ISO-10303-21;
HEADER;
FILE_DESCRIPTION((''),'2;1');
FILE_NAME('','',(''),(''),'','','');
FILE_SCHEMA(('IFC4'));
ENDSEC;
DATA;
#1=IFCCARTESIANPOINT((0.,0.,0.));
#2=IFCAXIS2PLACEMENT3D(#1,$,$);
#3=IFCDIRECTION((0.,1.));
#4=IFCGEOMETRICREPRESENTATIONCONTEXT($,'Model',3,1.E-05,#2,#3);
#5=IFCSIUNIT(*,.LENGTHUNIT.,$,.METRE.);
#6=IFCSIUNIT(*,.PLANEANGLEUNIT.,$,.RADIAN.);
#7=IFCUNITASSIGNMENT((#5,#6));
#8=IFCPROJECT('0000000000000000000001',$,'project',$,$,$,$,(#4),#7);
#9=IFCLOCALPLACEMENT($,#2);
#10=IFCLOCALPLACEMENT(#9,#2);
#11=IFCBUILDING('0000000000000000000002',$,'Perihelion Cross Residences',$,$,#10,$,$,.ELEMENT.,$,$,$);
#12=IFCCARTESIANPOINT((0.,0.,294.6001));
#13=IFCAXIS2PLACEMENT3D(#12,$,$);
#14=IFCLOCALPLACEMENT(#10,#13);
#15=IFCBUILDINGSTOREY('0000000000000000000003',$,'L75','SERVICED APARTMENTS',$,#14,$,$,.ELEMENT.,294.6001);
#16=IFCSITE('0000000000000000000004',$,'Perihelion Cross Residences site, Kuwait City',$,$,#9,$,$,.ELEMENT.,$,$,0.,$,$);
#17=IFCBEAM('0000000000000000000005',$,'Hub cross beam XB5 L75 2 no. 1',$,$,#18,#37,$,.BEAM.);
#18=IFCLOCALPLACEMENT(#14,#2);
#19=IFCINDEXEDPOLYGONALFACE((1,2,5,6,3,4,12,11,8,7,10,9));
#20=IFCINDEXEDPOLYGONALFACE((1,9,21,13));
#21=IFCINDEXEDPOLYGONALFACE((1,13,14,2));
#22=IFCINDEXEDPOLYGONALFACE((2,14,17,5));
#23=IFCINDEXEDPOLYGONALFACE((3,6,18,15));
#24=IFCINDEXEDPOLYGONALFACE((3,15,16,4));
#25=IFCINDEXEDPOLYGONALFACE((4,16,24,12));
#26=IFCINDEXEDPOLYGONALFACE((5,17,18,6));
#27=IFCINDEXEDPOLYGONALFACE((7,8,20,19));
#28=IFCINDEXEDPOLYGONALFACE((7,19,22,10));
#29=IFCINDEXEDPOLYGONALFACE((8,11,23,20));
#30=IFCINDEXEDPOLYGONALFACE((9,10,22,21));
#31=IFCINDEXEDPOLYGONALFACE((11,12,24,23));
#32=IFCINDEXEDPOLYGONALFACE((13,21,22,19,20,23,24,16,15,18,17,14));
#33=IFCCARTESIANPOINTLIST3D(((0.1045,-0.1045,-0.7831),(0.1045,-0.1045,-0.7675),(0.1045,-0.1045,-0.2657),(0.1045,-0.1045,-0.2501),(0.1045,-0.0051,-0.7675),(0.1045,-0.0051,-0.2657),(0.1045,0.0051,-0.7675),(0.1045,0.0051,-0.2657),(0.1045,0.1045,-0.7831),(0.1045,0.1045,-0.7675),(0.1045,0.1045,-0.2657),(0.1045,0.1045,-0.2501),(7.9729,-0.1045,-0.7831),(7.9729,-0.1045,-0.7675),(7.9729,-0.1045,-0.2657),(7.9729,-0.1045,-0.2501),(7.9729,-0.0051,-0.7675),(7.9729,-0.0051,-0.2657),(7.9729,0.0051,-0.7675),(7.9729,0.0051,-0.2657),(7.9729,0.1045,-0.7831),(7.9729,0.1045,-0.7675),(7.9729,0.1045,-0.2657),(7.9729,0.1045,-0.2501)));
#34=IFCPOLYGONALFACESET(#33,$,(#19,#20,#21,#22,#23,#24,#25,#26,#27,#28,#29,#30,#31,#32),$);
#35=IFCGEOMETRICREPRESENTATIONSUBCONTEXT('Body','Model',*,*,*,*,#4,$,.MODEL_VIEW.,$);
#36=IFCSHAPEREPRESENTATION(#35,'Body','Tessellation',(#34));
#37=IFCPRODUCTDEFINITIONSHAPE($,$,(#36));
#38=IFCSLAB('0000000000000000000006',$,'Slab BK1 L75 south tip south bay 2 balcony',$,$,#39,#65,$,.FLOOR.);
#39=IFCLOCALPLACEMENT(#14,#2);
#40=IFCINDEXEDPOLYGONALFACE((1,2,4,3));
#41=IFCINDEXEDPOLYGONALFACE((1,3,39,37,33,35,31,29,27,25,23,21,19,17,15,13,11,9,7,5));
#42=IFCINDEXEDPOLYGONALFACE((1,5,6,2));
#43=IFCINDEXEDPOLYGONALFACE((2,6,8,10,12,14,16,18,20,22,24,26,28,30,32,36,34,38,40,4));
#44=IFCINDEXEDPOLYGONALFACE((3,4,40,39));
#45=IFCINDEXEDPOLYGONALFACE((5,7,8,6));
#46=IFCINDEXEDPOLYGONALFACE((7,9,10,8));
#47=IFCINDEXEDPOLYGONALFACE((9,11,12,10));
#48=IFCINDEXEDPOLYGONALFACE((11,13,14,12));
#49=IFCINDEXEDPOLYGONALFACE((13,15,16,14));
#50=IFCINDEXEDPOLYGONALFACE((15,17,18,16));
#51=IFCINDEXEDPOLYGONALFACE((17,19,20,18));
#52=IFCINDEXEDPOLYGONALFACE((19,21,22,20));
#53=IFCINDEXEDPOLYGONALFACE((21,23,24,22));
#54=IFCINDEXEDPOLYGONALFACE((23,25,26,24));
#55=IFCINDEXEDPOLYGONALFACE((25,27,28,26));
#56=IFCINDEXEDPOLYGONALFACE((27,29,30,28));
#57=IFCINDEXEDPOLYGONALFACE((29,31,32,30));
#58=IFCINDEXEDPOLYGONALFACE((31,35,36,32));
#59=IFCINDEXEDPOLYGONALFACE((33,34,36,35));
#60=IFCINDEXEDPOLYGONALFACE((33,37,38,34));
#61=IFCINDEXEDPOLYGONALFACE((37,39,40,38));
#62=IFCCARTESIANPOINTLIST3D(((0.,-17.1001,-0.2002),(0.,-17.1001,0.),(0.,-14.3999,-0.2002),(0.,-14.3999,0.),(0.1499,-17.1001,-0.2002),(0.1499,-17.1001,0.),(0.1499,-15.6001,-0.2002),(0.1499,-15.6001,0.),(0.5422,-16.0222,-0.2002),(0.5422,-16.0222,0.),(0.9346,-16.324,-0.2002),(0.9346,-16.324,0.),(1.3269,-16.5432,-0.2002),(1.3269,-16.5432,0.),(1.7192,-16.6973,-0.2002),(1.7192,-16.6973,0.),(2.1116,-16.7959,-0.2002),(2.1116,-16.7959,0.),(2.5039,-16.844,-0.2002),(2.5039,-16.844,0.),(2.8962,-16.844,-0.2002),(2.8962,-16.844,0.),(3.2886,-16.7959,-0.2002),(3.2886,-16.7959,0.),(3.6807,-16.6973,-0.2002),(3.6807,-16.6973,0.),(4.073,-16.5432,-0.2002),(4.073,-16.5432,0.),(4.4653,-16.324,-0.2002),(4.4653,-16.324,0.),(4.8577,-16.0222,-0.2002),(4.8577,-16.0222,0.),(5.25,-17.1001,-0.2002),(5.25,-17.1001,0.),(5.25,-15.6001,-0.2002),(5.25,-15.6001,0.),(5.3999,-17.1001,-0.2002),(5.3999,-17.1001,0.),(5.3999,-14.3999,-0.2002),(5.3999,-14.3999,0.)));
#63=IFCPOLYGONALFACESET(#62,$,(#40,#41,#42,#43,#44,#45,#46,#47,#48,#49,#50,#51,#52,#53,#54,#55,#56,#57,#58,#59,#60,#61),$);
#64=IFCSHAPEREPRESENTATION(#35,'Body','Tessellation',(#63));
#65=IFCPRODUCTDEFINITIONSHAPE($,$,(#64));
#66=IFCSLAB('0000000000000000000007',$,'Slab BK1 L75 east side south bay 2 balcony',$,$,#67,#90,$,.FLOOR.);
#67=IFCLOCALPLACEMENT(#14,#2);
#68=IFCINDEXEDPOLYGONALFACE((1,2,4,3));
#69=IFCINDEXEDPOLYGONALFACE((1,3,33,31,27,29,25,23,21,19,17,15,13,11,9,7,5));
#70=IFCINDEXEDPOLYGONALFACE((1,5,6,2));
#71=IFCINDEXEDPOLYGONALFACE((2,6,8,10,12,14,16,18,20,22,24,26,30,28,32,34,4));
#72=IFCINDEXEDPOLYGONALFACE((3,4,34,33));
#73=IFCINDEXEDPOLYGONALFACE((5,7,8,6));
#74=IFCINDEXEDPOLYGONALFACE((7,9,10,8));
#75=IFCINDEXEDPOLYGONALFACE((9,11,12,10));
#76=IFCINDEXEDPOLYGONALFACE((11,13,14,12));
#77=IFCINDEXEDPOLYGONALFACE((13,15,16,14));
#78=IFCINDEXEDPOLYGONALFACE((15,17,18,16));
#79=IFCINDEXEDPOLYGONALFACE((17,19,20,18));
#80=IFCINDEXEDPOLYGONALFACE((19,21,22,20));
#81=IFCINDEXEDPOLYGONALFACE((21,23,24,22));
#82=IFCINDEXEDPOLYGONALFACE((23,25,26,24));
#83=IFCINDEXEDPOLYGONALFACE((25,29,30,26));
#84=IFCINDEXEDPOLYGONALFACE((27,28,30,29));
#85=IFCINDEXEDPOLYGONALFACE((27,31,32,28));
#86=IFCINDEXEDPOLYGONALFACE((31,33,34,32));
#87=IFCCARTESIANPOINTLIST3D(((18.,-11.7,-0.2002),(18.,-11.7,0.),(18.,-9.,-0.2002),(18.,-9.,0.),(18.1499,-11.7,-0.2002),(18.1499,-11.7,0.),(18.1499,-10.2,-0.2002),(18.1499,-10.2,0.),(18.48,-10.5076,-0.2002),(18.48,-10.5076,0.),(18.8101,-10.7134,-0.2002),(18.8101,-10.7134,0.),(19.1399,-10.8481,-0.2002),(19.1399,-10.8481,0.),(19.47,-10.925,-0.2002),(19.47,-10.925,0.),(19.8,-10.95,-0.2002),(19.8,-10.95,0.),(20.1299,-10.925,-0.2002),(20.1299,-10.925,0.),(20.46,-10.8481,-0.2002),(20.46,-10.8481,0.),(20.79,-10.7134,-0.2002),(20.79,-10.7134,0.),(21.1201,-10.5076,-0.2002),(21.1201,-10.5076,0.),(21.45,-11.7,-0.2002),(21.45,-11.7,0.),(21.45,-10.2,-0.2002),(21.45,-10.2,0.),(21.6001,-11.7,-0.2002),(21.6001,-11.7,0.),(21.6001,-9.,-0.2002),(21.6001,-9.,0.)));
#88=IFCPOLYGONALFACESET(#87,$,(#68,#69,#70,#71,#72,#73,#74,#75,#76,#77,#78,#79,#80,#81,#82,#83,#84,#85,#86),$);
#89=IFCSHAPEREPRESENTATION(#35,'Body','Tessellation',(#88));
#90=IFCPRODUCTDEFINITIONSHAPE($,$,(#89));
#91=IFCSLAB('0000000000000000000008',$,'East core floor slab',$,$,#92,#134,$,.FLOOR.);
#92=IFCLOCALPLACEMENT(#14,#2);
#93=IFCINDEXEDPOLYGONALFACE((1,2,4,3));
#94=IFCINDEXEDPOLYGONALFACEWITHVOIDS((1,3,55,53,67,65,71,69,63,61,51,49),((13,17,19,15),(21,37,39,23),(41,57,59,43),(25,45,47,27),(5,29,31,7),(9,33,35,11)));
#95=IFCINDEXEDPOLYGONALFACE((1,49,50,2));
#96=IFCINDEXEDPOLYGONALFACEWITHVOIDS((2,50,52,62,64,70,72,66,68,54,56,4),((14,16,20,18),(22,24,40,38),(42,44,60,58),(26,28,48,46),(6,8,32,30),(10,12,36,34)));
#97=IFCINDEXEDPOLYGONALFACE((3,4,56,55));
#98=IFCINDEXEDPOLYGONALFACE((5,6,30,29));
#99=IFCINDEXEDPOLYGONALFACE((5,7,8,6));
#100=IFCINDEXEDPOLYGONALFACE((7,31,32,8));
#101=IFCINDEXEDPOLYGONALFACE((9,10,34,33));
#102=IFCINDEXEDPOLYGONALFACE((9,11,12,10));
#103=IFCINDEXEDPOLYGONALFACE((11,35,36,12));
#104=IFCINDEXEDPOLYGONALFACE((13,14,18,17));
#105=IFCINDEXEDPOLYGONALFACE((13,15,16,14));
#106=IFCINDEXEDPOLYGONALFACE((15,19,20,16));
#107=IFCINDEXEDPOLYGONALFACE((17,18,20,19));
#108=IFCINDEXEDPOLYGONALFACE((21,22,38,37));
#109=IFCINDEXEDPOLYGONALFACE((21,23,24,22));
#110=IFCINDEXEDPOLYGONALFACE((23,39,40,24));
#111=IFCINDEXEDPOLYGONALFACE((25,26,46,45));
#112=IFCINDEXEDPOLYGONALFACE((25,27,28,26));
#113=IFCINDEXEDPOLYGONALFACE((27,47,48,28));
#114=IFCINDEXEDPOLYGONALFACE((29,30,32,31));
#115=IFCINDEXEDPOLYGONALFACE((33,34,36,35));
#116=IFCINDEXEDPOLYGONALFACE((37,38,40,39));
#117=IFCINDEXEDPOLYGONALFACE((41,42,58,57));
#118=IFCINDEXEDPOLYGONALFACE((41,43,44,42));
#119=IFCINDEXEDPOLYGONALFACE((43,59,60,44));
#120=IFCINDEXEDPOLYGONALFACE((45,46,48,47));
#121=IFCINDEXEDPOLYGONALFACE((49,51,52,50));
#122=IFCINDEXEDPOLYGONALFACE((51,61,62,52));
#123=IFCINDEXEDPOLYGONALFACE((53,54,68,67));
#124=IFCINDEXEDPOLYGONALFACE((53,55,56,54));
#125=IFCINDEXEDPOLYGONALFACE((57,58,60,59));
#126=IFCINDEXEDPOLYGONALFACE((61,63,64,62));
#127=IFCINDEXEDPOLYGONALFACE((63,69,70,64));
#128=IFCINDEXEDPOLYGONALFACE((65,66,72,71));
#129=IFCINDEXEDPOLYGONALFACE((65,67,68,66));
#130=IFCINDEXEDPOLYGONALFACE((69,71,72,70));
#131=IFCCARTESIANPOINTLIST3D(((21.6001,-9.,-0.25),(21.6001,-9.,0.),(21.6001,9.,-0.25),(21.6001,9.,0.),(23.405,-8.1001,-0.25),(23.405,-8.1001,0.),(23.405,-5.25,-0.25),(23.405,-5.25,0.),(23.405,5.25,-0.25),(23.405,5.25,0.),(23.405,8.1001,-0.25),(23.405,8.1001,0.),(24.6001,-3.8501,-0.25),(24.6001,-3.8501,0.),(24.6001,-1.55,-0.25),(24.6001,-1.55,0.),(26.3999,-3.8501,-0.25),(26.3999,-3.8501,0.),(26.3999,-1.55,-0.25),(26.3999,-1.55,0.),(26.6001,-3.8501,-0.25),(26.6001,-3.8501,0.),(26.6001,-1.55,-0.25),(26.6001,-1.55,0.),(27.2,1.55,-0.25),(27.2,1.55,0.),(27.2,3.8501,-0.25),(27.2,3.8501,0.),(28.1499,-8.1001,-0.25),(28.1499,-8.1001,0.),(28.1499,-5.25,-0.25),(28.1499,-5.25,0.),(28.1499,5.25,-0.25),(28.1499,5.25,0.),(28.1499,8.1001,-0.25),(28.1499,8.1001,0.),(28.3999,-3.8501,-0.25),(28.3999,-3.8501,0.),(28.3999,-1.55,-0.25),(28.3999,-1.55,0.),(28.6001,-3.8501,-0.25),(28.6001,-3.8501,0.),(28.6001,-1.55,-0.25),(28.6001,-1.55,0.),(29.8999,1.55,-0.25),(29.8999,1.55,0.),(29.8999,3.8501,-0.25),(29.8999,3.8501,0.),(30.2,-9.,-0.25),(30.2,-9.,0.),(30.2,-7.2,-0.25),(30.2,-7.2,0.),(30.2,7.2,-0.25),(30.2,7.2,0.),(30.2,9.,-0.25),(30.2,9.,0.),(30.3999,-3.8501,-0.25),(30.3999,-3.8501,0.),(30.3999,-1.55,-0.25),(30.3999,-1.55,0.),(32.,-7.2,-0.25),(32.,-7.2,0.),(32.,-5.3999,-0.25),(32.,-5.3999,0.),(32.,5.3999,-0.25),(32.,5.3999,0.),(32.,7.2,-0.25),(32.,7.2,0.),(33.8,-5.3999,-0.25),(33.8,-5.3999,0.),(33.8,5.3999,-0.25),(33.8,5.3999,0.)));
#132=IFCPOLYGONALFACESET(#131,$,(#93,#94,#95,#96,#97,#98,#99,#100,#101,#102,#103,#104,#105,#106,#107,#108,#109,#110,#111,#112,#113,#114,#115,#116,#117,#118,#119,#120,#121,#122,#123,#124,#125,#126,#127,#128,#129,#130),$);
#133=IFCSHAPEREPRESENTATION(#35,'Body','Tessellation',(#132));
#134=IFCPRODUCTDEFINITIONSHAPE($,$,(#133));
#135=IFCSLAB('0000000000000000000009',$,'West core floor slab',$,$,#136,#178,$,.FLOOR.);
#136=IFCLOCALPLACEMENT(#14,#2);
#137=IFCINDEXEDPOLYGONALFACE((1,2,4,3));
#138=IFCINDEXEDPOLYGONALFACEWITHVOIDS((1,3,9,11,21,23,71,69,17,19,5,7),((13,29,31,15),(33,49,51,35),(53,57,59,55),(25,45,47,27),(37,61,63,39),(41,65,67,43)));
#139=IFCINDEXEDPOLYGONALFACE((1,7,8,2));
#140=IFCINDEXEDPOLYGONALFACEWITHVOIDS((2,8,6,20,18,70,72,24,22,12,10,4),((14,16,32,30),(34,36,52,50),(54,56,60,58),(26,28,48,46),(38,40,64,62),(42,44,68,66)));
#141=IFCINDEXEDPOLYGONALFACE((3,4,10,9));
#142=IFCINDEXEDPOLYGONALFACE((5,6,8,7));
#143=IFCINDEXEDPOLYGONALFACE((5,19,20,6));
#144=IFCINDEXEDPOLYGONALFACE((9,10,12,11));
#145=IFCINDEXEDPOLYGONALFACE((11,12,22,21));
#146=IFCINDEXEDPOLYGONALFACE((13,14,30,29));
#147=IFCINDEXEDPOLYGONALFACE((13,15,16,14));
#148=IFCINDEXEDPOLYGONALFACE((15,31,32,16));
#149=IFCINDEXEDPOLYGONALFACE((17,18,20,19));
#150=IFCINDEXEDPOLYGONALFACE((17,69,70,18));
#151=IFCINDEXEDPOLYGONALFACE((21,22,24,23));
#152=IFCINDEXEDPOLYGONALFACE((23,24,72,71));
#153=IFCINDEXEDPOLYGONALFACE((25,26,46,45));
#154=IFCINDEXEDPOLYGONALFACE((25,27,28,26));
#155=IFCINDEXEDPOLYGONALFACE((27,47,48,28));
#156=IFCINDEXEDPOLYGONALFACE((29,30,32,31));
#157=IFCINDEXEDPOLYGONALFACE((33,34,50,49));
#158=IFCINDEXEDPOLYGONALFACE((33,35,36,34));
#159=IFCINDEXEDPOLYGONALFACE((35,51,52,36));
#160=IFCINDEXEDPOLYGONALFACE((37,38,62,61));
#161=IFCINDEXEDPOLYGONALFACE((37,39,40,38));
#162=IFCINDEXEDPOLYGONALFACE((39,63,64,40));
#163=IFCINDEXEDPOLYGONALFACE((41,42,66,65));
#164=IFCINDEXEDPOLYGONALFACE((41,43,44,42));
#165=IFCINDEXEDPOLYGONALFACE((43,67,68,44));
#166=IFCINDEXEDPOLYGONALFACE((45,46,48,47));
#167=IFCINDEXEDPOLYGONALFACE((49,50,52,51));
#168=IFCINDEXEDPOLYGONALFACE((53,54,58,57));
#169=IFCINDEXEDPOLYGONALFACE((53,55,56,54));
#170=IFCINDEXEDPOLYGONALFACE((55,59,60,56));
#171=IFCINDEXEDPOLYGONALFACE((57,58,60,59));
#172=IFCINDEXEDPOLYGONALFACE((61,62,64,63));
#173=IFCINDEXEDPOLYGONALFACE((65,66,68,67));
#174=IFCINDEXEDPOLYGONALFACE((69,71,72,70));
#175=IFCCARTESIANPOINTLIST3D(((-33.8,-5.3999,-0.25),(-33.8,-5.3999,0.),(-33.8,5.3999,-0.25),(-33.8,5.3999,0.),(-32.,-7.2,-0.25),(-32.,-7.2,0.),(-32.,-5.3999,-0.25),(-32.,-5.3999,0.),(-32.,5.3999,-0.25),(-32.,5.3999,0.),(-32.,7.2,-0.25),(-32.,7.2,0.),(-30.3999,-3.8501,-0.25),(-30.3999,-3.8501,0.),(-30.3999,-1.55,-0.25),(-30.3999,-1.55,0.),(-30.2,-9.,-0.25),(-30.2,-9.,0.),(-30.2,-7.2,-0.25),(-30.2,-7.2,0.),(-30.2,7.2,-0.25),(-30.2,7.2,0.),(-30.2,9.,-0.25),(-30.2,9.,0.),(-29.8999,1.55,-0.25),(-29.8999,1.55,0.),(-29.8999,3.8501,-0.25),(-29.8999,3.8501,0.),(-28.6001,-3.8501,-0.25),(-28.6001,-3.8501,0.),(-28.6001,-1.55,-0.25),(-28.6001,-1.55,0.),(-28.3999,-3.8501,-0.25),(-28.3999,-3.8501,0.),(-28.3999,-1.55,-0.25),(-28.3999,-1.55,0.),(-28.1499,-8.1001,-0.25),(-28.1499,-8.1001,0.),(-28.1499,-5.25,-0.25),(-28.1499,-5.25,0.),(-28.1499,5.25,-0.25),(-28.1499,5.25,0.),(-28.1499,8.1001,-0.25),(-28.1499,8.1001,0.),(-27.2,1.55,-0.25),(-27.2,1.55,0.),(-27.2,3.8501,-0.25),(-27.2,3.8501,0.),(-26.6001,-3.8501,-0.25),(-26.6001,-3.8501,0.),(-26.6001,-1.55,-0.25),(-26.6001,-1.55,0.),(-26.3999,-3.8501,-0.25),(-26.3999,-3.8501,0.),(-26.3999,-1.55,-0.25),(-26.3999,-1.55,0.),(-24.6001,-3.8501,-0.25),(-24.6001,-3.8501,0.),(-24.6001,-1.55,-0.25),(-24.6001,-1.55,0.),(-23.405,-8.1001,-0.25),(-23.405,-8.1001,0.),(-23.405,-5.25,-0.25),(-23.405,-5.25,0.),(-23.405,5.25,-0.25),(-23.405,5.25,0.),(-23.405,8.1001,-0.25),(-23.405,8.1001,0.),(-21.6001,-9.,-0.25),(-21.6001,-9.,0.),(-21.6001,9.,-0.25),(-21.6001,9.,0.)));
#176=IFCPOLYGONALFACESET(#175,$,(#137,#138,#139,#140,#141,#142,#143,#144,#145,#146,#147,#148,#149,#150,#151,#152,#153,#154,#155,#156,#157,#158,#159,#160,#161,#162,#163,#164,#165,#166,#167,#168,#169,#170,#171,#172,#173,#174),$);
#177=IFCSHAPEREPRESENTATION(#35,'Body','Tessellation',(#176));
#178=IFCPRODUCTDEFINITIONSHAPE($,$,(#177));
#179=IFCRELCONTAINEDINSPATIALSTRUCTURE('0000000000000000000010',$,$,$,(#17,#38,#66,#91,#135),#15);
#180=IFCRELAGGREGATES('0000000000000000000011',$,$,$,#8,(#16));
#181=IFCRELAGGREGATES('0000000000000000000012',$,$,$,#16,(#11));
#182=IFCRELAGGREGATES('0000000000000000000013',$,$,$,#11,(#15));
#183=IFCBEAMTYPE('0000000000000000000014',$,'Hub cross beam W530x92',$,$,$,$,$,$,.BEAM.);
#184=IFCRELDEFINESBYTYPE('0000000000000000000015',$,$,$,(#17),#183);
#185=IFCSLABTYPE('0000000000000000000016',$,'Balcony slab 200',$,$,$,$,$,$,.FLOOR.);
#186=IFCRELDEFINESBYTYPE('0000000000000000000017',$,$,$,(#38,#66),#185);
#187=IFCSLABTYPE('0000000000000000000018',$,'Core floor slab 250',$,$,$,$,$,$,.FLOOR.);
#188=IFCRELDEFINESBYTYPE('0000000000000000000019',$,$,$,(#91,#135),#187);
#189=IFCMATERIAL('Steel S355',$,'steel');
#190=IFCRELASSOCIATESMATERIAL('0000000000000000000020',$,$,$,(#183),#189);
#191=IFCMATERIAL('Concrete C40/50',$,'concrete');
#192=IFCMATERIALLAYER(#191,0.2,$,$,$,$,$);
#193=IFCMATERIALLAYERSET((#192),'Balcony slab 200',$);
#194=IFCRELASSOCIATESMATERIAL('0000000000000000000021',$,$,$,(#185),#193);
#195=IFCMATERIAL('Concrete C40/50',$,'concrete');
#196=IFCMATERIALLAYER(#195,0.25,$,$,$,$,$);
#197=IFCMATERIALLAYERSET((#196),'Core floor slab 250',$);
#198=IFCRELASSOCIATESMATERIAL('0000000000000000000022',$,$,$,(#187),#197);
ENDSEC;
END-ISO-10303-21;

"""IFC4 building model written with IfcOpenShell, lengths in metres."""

from ifc_helpers import new_model, si_unit, direction, frame, origin, origin_2d, place, context, subcontext, project, spatial, polyline, i_section, outline, extrude, material, layer, layer_set, material_profile, profile_set, type_object, element, save


model = new_model("IFC4")

# Units and contexts
model_context = context("Model", 3, precision=1e-05, world=origin(), true_north=direction((0.0, 1.0)))
body_context = subcontext(model_context, "Body", "Model", "MODEL_VIEW")
ifc_project = project(units=[si_unit("LENGTHUNIT", "METRE"), si_unit("PLANEANGLEUNIT", "RADIAN")], contexts=[model_context])

# Site, building, storey
site_placement = place(None, origin())
site = spatial("IfcSite", under=ifc_project, at=site_placement, Name="Perihelion Cross Residences site, Kuwait City", CompositionType="ELEMENT", RefElevation=0.0)
building_placement = place(site_placement, origin())
building = spatial("IfcBuilding", under=site, at=building_placement, Name="Perihelion Cross Residences", CompositionType="ELEMENT")
storey_placement = place(building_placement, frame((0.0, 0.0, 294.6001)))
storey = spatial("IfcBuildingStorey", under=building, at=storey_placement, Name="L75", Description="SERVICED APARTMENTS", CompositionType="ELEMENT", Elevation=294.6001)

# Beam
ifc_material_1 = material(Name="Steel S355", Category="steel")
ifc_material_profile = material_profile(ifc_material_1, i_section(OverallWidth=0.209, OverallDepth=0.533, WebThickness=0.0103, FlangeThickness=0.0156, at=origin_2d()), Name="W530x92")
ifc_profile_set = profile_set([ifc_material_profile], Name="Steel S355")
beam_type = type_object("IfcBeamType", Name="Hub cross beam W530x92", PredefinedType="BEAM", material=ifc_profile_set)
beam_placement = place(storey_placement, frame((0.1045, 0.0, -0.5166), z_axis=(1.0, 0.0, 0.0), x_axis=(0.0, 1.0, 0.0)))
element("IfcBeam", 1, at=beam_placement, inside=storey, type_object=beam_type, Name="Hub cross beam XB5 L75 2 no. 1", PredefinedType="BEAM", context=body_context, shape_type="SweptSolid", body=[
    extrude(i_section(OverallWidth=0.209, OverallDepth=0.533, WebThickness=0.0103, FlangeThickness=0.0156, at=origin_2d()), origin(), (0.0, 0.0, 1.0), 7.8684),
])

# Slabs
ifc_material_2 = material(Name="Concrete C40/50", Category="concrete")
ifc_layer_1 = layer(ifc_material_2, 0.2)
ifc_layer_set_1 = layer_set([ifc_layer_1], Name="Balcony slab 200")
slab_type_1 = type_object("IfcSlabType", Name="Balcony slab 200", PredefinedType="FLOOR", material=ifc_layer_set_1)
slab_1_placement = place(storey_placement, frame((0.0, 0.0, -0.2002)))
element("IfcSlab", 2, at=slab_1_placement, inside=storey, type_object=slab_type_1, Name="Slab BK1 L75 south tip south bay 2 balcony", PredefinedType="FLOOR", context=body_context, shape_type="SweptSolid", body=[
    extrude(outline(polyline([(0.0, -14.3999), (5.3999, -14.3999), (5.3999, -17.1001), (5.25, -17.1001), (5.25, -15.6001), (4.8577, -16.0222), (4.4653, -16.324), (4.073, -16.5432), (3.6807, -16.6973), (3.2886, -16.7959), (2.8962, -16.844), (2.5039, -16.844), (2.1116, -16.7959), (1.7192, -16.6973), (1.3269, -16.5432), (0.9346, -16.324), (0.5422, -16.0222), (0.1499, -15.6001), (0.1499, -17.1001), (0.0, -17.1001), (0.0, -14.3999)])), origin(), (0.0, 0.0, 1.0), 0.2002),
])
slab_2_placement = place(storey_placement, frame((0.0, 0.0, -0.2002)))
element("IfcSlab", 3, at=slab_2_placement, inside=storey, type_object=slab_type_1, Name="Slab BK1 L75 east side south bay 2 balcony", PredefinedType="FLOOR", context=body_context, shape_type="SweptSolid", body=[
    extrude(outline(polyline([(18.0, -9.0), (21.6001, -9.0), (21.6001, -11.7), (21.45, -11.7), (21.45, -10.2), (21.1201, -10.5076), (20.79, -10.7134), (20.46, -10.8481), (20.1299, -10.925), (19.8, -10.95), (19.47, -10.925), (19.1399, -10.8481), (18.8101, -10.7134), (18.48, -10.5076), (18.1499, -10.2), (18.1499, -11.7), (18.0, -11.7), (18.0, -9.0)])), origin(), (0.0, 0.0, 1.0), 0.2002),
])
ifc_material_3 = material(Name="Concrete C40/50", Category="concrete")
ifc_layer_2 = layer(ifc_material_3, 0.25)
ifc_layer_set_2 = layer_set([ifc_layer_2], Name="Core floor slab 250")
slab_type_2 = type_object("IfcSlabType", Name="Core floor slab 250", PredefinedType="FLOOR", material=ifc_layer_set_2)
slab_3_placement = place(storey_placement, frame((0.0, 0.0, -0.25)))
element("IfcSlab", 4, at=slab_3_placement, inside=storey, type_object=slab_type_2, Name="East core floor slab", PredefinedType="FLOOR", context=body_context, shape_type="SweptSolid", body=[
    extrude(outline(polyline([(30.2, 7.2), (32.0, 7.2), (32.0, 5.3999), (33.8, 5.3999), (33.8, -5.3999), (32.0, -5.3999), (32.0, -7.2), (30.2, -7.2), (30.2, -9.0), (21.6001, -9.0), (21.6001, 9.0), (30.2, 9.0), (30.2, 7.2)]), holes=[polyline([(28.1499, -8.1001), (28.1499, -5.25), (23.405, -5.25), (23.405, -8.1001), (28.1499, -8.1001)]), polyline([(24.6001, -1.55), (24.6001, -3.8501), (26.3999, -3.8501), (26.3999, -1.55), (24.6001, -1.55)]), polyline([(26.6001, -1.55), (26.6001, -3.8501), (28.3999, -3.8501), (28.3999, -1.55), (26.6001, -1.55)]), polyline([(28.6001, -3.8501), (30.3999, -3.8501), (30.3999, -1.55), (28.6001, -1.55), (28.6001, -3.8501)]), polyline([(27.2, 3.8501), (27.2, 1.55), (29.8999, 1.55), (29.8999, 3.8501), (27.2, 3.8501)]), polyline([(23.405, 5.25), (28.1499, 5.25), (28.1499, 8.1001), (23.405, 8.1001), (23.405, 5.25)])]), origin(), (0.0, 0.0, 1.0), 0.25),
])
slab_4_placement = place(storey_placement, frame((0.0, 0.0, -0.25)))
element("IfcSlab", 5, at=slab_4_placement, inside=storey, type_object=slab_type_2, Name="West core floor slab", PredefinedType="FLOOR", context=body_context, shape_type="SweptSolid", body=[
    extrude(outline(polyline([(-30.2, 7.2), (-32.0, 7.2), (-32.0, 5.3999), (-33.8, 5.3999), (-33.8, -5.3999), (-32.0, -5.3999), (-32.0, -7.2), (-30.2, -7.2), (-30.2, -9.0), (-21.6001, -9.0), (-21.6001, 9.0), (-30.2, 9.0), (-30.2, 7.2)]), holes=[polyline([(-28.1499, -8.1001), (-28.1499, -5.25), (-23.405, -5.25), (-23.405, -8.1001), (-28.1499, -8.1001)]), polyline([(-24.6001, -1.55), (-24.6001, -3.8501), (-26.3999, -3.8501), (-26.3999, -1.55), (-24.6001, -1.55)]), polyline([(-26.6001, -1.55), (-26.6001, -3.8501), (-28.3999, -3.8501), (-28.3999, -1.55), (-26.6001, -1.55)]), polyline([(-28.6001, -3.8501), (-30.3999, -3.8501), (-30.3999, -1.55), (-28.6001, -1.55), (-28.6001, -3.8501)]), polyline([(-27.2, 3.8501), (-27.2, 1.55), (-29.8999, 1.55), (-29.8999, 3.8501), (-27.2, 3.8501)]), polyline([(-23.405, 5.25), (-28.1499, 5.25), (-28.1499, 8.1001), (-23.405, 8.1001), (-23.405, 5.25)])]), origin(), (0.0, 0.0, 1.0), 0.25),
])

save(model, "model.ifc")
